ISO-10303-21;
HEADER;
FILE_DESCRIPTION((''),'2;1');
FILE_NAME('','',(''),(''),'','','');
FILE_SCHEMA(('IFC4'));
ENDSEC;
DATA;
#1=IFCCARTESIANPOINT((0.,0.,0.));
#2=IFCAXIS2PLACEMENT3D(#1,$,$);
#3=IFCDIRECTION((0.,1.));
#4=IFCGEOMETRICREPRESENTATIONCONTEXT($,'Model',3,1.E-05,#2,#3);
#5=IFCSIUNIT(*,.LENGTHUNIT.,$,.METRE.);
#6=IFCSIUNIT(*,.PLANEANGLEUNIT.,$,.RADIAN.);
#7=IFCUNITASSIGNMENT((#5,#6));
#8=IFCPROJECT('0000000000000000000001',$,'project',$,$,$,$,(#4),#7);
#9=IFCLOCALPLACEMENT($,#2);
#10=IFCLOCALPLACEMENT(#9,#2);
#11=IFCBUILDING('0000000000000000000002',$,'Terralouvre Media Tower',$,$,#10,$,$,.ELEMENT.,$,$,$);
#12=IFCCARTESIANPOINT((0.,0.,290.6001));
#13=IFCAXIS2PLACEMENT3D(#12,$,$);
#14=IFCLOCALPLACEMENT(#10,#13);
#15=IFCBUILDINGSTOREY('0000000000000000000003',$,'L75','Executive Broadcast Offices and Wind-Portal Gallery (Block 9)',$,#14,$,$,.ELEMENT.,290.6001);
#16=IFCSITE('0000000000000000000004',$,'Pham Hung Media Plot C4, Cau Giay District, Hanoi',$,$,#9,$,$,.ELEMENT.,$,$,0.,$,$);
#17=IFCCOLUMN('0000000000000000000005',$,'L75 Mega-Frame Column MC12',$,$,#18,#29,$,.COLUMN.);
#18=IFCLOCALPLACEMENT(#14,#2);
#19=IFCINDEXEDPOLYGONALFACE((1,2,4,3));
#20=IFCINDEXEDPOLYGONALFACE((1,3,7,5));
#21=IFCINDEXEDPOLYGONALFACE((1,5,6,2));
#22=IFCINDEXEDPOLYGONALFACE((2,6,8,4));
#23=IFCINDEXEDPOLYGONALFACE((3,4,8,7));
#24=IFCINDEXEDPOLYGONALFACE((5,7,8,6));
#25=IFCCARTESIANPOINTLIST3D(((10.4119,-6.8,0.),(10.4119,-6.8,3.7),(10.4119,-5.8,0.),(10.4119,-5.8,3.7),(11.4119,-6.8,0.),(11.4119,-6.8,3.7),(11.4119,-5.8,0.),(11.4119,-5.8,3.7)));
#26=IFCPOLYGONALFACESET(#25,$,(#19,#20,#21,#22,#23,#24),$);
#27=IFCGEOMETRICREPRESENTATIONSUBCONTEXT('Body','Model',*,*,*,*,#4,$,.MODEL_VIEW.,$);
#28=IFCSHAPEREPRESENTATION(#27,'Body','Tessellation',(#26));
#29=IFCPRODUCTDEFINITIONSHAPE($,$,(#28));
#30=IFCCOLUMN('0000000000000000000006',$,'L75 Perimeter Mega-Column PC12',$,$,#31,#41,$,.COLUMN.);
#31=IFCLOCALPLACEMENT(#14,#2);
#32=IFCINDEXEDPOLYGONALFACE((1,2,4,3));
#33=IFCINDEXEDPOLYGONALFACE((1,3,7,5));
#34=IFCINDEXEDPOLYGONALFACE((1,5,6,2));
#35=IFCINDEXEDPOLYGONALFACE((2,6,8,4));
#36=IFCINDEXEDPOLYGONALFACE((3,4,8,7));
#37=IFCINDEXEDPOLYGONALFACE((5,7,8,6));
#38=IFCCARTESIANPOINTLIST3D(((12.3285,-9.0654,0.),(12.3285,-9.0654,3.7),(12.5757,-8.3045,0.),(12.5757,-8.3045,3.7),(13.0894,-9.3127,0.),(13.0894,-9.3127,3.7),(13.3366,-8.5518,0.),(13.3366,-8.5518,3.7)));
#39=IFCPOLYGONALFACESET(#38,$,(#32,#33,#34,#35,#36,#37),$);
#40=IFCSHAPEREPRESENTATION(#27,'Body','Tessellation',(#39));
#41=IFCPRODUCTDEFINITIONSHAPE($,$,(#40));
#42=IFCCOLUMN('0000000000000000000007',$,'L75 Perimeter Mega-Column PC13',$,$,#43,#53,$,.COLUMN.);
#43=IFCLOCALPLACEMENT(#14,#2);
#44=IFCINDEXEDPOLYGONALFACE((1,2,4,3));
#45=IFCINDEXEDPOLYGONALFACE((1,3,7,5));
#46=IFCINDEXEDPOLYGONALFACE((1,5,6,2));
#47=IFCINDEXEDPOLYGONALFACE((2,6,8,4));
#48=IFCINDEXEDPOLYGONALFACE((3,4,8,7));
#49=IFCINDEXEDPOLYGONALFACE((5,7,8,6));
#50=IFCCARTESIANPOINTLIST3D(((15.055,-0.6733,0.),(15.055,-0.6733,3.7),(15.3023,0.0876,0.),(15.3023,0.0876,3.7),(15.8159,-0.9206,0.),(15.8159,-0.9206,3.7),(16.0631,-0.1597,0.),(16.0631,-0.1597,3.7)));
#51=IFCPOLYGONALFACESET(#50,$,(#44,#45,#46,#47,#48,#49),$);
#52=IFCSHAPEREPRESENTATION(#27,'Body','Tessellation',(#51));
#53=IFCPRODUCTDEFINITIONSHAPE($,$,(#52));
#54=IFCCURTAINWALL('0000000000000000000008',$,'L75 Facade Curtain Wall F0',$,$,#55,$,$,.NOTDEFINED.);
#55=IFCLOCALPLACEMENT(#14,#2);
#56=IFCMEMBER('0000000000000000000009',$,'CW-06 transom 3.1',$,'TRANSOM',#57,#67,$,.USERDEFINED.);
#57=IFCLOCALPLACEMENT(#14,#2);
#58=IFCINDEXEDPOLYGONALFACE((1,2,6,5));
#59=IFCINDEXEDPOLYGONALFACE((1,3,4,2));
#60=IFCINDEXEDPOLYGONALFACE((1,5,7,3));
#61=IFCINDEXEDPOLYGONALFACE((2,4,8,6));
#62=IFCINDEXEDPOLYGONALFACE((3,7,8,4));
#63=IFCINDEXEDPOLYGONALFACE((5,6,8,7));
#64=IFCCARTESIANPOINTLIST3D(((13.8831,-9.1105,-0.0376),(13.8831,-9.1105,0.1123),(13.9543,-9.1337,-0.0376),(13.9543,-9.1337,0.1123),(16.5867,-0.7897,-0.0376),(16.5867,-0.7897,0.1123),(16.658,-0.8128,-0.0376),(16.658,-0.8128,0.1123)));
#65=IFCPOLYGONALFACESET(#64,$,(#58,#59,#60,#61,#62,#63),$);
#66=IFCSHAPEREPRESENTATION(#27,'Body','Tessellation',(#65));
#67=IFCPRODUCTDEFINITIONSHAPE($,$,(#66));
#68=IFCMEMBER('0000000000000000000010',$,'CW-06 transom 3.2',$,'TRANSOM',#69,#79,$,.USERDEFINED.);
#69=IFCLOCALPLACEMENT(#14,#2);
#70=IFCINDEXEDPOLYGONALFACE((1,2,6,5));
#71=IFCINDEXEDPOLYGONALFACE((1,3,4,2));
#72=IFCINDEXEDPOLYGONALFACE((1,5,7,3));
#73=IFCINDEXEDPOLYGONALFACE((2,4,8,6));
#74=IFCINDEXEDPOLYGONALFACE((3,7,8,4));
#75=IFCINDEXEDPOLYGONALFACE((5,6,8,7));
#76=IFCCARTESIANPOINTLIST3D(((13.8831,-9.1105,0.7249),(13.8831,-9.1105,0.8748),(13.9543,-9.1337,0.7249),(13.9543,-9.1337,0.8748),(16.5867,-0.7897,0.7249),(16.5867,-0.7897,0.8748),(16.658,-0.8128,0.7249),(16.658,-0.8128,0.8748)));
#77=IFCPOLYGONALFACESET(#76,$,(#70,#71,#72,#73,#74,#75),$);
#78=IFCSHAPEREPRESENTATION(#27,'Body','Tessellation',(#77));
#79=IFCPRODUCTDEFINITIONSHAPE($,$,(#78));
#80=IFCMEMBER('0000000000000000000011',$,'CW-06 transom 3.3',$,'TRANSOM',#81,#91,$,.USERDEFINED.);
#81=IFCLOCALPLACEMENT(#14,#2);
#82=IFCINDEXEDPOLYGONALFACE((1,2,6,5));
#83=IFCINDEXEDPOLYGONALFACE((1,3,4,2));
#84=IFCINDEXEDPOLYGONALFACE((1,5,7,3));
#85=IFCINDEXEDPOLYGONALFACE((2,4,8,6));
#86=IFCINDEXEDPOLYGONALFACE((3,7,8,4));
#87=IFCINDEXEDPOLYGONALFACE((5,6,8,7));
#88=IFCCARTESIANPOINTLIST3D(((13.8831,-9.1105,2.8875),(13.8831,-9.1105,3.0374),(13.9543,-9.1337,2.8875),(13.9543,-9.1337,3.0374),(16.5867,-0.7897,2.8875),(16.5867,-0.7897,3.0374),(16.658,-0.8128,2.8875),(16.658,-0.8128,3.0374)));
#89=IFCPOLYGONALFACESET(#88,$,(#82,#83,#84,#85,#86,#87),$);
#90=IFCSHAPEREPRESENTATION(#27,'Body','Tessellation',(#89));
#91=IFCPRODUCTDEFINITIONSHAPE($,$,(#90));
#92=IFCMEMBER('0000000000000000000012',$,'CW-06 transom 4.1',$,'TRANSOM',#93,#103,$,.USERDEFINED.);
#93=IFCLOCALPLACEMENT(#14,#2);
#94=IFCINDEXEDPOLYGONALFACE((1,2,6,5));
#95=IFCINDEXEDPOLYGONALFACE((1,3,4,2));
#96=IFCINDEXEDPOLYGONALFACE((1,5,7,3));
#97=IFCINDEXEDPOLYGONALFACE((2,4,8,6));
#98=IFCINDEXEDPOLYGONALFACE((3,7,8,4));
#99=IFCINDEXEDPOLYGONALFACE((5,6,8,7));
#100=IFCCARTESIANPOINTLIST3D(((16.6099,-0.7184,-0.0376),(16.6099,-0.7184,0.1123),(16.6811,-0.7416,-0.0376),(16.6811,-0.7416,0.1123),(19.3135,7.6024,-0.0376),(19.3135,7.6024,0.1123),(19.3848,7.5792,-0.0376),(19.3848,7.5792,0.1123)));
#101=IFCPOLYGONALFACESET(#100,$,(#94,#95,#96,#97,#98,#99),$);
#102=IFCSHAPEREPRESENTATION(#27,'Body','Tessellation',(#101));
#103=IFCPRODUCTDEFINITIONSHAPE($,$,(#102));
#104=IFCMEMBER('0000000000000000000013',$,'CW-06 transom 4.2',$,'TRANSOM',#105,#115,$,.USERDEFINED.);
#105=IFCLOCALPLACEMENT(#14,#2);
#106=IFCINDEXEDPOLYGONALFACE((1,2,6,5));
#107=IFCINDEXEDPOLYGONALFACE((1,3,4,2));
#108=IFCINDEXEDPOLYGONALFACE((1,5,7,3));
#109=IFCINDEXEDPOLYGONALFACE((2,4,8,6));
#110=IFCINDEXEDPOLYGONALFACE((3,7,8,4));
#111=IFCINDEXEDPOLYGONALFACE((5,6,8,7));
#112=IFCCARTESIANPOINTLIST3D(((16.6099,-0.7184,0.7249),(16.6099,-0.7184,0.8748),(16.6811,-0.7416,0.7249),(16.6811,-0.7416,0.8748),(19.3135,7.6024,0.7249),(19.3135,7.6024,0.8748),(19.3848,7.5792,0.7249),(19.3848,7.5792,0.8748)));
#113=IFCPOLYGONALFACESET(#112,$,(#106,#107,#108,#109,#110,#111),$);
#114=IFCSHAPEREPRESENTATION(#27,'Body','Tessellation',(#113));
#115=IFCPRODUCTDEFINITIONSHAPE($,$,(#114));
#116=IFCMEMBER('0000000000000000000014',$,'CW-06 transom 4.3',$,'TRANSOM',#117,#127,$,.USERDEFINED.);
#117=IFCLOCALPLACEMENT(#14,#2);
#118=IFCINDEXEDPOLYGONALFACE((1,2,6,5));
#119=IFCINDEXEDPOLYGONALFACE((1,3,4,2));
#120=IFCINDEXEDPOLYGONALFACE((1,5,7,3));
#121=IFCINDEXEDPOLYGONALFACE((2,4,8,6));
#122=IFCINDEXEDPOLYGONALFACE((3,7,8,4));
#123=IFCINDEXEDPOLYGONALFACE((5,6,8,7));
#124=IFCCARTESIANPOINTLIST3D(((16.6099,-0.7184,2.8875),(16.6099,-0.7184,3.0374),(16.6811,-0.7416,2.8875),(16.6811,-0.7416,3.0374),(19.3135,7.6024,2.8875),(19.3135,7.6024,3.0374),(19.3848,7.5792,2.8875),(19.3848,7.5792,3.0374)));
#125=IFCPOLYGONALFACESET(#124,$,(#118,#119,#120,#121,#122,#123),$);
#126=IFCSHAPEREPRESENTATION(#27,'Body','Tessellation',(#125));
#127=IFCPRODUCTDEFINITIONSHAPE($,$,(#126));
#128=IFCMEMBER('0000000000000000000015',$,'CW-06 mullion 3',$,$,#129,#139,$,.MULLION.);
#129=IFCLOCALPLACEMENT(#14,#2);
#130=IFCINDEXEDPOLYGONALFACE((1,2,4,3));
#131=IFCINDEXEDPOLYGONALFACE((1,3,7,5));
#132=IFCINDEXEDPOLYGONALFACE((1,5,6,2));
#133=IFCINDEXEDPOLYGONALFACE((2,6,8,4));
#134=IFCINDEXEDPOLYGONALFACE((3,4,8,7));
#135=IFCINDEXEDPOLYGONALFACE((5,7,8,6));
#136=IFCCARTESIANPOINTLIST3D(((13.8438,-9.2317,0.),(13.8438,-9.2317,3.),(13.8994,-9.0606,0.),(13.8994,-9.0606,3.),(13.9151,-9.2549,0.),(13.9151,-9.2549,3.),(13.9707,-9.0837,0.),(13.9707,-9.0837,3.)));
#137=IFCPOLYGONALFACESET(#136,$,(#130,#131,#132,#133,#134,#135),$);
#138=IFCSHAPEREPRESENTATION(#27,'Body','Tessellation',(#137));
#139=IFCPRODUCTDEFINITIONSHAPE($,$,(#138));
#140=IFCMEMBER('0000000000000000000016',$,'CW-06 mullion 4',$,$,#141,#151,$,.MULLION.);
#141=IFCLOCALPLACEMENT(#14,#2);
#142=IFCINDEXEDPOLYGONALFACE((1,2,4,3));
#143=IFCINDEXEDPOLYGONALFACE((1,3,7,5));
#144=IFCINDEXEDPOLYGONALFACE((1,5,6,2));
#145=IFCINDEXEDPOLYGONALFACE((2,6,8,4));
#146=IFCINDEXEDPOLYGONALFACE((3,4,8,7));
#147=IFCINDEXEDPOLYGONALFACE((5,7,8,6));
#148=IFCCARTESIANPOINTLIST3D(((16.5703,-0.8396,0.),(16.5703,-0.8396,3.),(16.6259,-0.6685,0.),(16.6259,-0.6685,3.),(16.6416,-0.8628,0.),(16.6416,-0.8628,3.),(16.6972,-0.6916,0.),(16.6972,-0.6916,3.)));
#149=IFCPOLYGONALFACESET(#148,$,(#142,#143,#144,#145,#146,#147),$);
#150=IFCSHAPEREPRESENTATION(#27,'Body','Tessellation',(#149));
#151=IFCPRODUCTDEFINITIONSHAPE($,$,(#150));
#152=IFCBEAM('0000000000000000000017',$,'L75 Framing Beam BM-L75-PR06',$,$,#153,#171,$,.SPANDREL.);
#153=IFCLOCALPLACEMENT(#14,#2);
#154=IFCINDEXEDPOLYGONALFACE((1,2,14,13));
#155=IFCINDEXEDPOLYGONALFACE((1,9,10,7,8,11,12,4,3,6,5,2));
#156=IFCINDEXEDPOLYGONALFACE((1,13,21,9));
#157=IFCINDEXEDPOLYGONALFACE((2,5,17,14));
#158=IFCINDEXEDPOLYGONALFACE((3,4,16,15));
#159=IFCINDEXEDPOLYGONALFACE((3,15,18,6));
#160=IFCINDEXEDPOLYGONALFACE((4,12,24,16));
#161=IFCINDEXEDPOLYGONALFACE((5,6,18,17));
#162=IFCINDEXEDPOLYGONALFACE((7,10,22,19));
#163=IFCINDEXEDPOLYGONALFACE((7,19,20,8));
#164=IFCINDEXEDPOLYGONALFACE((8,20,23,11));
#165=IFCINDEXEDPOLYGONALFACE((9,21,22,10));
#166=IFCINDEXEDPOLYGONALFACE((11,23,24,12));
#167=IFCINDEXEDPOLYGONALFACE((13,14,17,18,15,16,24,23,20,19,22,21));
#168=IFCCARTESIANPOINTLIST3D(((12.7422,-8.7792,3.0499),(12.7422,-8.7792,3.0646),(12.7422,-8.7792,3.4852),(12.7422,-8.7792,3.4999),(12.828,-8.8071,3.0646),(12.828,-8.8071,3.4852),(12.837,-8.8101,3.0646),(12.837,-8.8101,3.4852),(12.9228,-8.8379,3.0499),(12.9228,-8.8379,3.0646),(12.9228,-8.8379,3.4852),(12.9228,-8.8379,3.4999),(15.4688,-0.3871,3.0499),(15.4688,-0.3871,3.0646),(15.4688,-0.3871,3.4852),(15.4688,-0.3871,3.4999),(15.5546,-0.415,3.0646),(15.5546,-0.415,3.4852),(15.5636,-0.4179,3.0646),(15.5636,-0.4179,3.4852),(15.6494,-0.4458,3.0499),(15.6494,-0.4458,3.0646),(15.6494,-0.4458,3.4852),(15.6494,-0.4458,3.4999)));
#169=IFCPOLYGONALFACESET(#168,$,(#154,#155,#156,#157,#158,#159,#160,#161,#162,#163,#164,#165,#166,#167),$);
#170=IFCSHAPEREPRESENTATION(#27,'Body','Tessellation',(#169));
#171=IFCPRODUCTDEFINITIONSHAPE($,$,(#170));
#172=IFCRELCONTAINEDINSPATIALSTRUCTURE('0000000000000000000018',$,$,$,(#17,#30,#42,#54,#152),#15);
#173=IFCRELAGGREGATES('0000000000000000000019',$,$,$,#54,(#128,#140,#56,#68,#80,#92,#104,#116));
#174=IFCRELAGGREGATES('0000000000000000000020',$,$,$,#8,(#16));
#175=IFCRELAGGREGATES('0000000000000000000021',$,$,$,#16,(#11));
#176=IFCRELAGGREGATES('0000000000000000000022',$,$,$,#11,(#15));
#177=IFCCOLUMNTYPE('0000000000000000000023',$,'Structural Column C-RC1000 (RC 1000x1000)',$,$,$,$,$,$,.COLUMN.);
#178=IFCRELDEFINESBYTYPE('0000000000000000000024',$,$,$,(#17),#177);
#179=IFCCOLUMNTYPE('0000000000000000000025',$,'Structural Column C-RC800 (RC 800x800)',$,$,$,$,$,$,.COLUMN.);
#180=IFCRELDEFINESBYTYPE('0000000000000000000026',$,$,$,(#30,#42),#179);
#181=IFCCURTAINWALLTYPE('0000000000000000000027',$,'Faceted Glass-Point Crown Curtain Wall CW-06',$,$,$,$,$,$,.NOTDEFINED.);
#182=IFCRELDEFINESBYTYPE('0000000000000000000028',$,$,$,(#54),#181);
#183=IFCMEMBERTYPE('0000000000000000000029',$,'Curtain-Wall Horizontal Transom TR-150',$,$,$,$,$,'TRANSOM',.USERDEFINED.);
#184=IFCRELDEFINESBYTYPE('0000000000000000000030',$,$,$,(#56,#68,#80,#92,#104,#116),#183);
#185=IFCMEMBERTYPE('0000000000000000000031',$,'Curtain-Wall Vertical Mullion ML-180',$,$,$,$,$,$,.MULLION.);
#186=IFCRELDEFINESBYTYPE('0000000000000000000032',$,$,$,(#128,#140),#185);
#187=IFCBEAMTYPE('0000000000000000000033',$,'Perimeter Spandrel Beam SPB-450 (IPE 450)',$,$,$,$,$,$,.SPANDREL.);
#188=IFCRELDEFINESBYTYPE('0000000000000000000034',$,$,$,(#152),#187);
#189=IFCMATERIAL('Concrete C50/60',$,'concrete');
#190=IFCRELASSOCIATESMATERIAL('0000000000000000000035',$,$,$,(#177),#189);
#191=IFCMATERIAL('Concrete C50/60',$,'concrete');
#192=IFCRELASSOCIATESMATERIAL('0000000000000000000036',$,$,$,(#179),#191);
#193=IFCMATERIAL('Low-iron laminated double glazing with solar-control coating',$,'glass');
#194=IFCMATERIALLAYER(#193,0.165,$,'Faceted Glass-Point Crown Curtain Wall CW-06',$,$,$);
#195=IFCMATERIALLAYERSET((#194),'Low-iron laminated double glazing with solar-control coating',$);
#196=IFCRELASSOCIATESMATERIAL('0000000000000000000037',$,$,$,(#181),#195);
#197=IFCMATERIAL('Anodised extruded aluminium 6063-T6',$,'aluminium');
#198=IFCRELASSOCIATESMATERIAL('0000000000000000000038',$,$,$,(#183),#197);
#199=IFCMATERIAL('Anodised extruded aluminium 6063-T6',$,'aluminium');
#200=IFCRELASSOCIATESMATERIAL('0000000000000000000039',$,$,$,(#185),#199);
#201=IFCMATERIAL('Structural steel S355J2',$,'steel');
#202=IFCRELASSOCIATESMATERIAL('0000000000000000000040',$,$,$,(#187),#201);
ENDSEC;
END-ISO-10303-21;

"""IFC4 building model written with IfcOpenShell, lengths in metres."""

from ifc_helpers import new_model, si_unit, direction, frame, origin, origin_2d, place, context, subcontext, project, spatial, rectangle, i_section, extrude, material, layer, layer_set, material_profile, profile_set, type_object, element, aggregate, save


model = new_model("IFC4")

# Units and contexts
model_context = context("Model", 3, precision=1e-05, world=origin(), true_north=direction((0.0, 1.0)))
body_context = subcontext(model_context, "Body", "Model", "MODEL_VIEW")
ifc_project = project(units=[si_unit("LENGTHUNIT", "METRE"), si_unit("PLANEANGLEUNIT", "RADIAN")], contexts=[model_context])

# Site, building, storey
site_placement = place(None, origin())
site = spatial("IfcSite", under=ifc_project, at=site_placement, Name="Pham Hung Media Plot C4, Cau Giay District, Hanoi", CompositionType="ELEMENT", RefElevation=0.0)
building_placement = place(site_placement, origin())
building = spatial("IfcBuilding", under=site, at=building_placement, Name="Terralouvre Media Tower", CompositionType="ELEMENT")
storey_placement = place(building_placement, frame((0.0, 0.0, 290.6001)))
storey = spatial("IfcBuildingStorey", under=building, at=storey_placement, Name="L75", Description="Executive Broadcast Offices and Wind-Portal Gallery (Block 9)", CompositionType="ELEMENT", Elevation=290.6001)

# Columns
ifc_material_1 = material(Name="Concrete C50/60", Category="concrete")
ifc_material_profile_1 = material_profile(ifc_material_1, rectangle(XDim=1.0, YDim=1.0, at=origin_2d()), Name="RC 1000x1000")
ifc_profile_set_1 = profile_set([ifc_material_profile_1], Name="Concrete C50/60")
column_type_1 = type_object("IfcColumnType", Name="Structural Column C-RC1000 (RC 1000x1000)", PredefinedType="COLUMN", material=ifc_profile_set_1)
column_placement = place(storey_placement, frame((10.9119, -6.3, 0.0), z_axis=(0.0, 0.0, 1.0), x_axis=(1.0, 0.0, 0.0)))
element("IfcColumn", 1, at=column_placement, inside=storey, type_object=column_type_1, Name="L75 Mega-Frame Column MC12", PredefinedType="COLUMN", context=body_context, shape_type="SweptSolid", body=[
    extrude(rectangle(XDim=1.0, YDim=1.0, at=origin_2d()), origin(), (0.0, 0.0, 1.0), 3.7),
])
ifc_material_2 = material(Name="Concrete C50/60", Category="concrete")
ifc_material_profile_2 = material_profile(ifc_material_2, rectangle(XDim=0.8, YDim=0.8, at=origin_2d()), Name="RC 800x800")
ifc_profile_set_2 = profile_set([ifc_material_profile_2], Name="Concrete C50/60")
column_type_2 = type_object("IfcColumnType", Name="Structural Column C-RC800 (RC 800x800)", PredefinedType="COLUMN", material=ifc_profile_set_2)
for number, where, z_axis, x_axis, name in (
    (2, (12.8325, -8.8086, 0.0), (0.0, 0.0, 1.0), (0.309017, 0.951057, 0.0), "L75 Perimeter Mega-Column PC12"),
    (3, (15.5591, -0.4165, 0.0), (0.0, 0.0, 1.0), (0.309017, 0.951057, 0.0), "L75 Perimeter Mega-Column PC13"),
):
    element("IfcColumn", number, at=place(storey_placement, frame(where, z_axis=z_axis, x_axis=x_axis)), inside=storey, type_object=column_type_2, Name=name, PredefinedType="COLUMN", context=body_context, shape_type="SweptSolid", body=[
        extrude(rectangle(XDim=0.8, YDim=0.8, at=origin_2d()), origin(), (0.0, 0.0, 1.0), 3.7),
    ])

# Curtain wall, members
ifc_material_3 = material(Name="Low-iron laminated double glazing with solar-control coating", Category="glass")
ifc_layer_1 = layer(ifc_material_3, 0.165, Name="Faceted Glass-Point Crown Curtain Wall CW-06")
ifc_layer_set_1 = layer_set([ifc_layer_1], Name="Low-iron laminated double glazing with solar-control coating")
curtain_wall_type = type_object("IfcCurtainWallType", Name="Faceted Glass-Point Crown Curtain Wall CW-06", PredefinedType="NOTDEFINED", material=ifc_layer_set_1)
curtain_wall_placement = place(storey_placement, origin())
curtain_wall = element("IfcCurtainWall", 4, at=curtain_wall_placement, inside=storey, type_object=curtain_wall_type, Name="L75 Facade Curtain Wall F0", PredefinedType="NOTDEFINED")
ifc_material_4 = material(Name="Anodised extruded aluminium 6063-T6", Category="aluminium")
ifc_material_profile_3 = material_profile(ifc_material_4, rectangle(XDim=0.075, YDim=0.1499, at=origin_2d()), Name="ALU 75x150")
ifc_profile_set_3 = profile_set([ifc_material_profile_3], Name="Anodised extruded aluminium 6063-T6")
member_type_1 = type_object("IfcMemberType", Name="Curtain-Wall Horizontal Transom TR-150", ElementType="TRANSOM", PredefinedType="USERDEFINED", material=ifc_profile_set_3)
member_1_placement = place(storey_placement, frame((13.9187, -9.1221, 0.0374), z_axis=(0.309019, 0.951056, 0.0), x_axis=(-0.951056, 0.309019, 0.0)))
member_1 = element("IfcMember", 5, at=member_1_placement, type_object=member_type_1, Name="CW-06 transom 3.1", ObjectType="TRANSOM", PredefinedType="USERDEFINED", context=body_context, shape_type="SweptSolid", body=[
    extrude(rectangle(XDim=0.075, YDim=0.1499, at=origin_2d()), origin(), (0.0, 0.0, 1.0), 8.749),
])
member_2_placement = place(storey_placement, frame((13.9187, -9.1221, 0.7998), z_axis=(0.309019, 0.951056, 0.0), x_axis=(-0.951056, 0.309019, 0.0)))
member_2 = element("IfcMember", 6, at=member_2_placement, type_object=member_type_1, Name="CW-06 transom 3.2", ObjectType="TRANSOM", PredefinedType="USERDEFINED", context=body_context, shape_type="SweptSolid", body=[
    extrude(rectangle(XDim=0.075, YDim=0.1499, at=origin_2d()), origin(), (0.0, 0.0, 1.0), 8.749),
])
member_3_placement = place(storey_placement, frame((13.9187, -9.1221, 2.9624), z_axis=(0.309019, 0.951056, 0.0), x_axis=(-0.951056, 0.309019, 0.0)))
member_3 = element("IfcMember", 7, at=member_3_placement, type_object=member_type_1, Name="CW-06 transom 3.3", ObjectType="TRANSOM", PredefinedType="USERDEFINED", context=body_context, shape_type="SweptSolid", body=[
    extrude(rectangle(XDim=0.075, YDim=0.1499, at=origin_2d()), origin(), (0.0, 0.0, 1.0), 8.749),
])
member_4_placement = place(storey_placement, frame((16.6455, -0.73, 0.0374), z_axis=(0.309019, 0.951056, 0.0), x_axis=(-0.951056, 0.309019, 0.0)))
member_4 = element("IfcMember", 8, at=member_4_placement, type_object=member_type_1, Name="CW-06 transom 4.1", ObjectType="TRANSOM", PredefinedType="USERDEFINED", context=body_context, shape_type="SweptSolid", body=[
    extrude(rectangle(XDim=0.075, YDim=0.1499, at=origin_2d()), origin(), (0.0, 0.0, 1.0), 8.749),
])
member_5_placement = place(storey_placement, frame((16.6455, -0.73, 0.7998), z_axis=(0.309019, 0.951056, 0.0), x_axis=(-0.951056, 0.309019, 0.0)))
member_5 = element("IfcMember", 9, at=member_5_placement, type_object=member_type_1, Name="CW-06 transom 4.2", ObjectType="TRANSOM", PredefinedType="USERDEFINED", context=body_context, shape_type="SweptSolid", body=[
    extrude(rectangle(XDim=0.075, YDim=0.1499, at=origin_2d()), origin(), (0.0, 0.0, 1.0), 8.749),
])
member_6_placement = place(storey_placement, frame((16.6455, -0.73, 2.9624), z_axis=(0.309019, 0.951056, 0.0), x_axis=(-0.951056, 0.309019, 0.0)))
member_6 = element("IfcMember", 10, at=member_6_placement, type_object=member_type_1, Name="CW-06 transom 4.3", ObjectType="TRANSOM", PredefinedType="USERDEFINED", context=body_context, shape_type="SweptSolid", body=[
    extrude(rectangle(XDim=0.075, YDim=0.1499, at=origin_2d()), origin(), (0.0, 0.0, 1.0), 8.749),
])
ifc_material_5 = material(Name="Anodised extruded aluminium 6063-T6", Category="aluminium")
ifc_material_profile_4 = material_profile(ifc_material_5, rectangle(XDim=0.075, YDim=0.1799, at=origin_2d()), Name="ALU 75x180")
ifc_profile_set_4 = profile_set([ifc_material_profile_4], Name="Anodised extruded aluminium 6063-T6")
member_type_2 = type_object("IfcMemberType", Name="Curtain-Wall Vertical Mullion ML-180", PredefinedType="MULLION", material=ifc_profile_set_4)
member_7_placement = place(storey_placement, frame((13.9072, -9.1577, 0.0), z_axis=(0.0, 0.0, 1.0), x_axis=(-0.951057, 0.309017, 0.0)))
member_7 = element("IfcMember", 11, at=member_7_placement, type_object=member_type_2, Name="CW-06 mullion 3", PredefinedType="MULLION", context=body_context, shape_type="SweptSolid", body=[
    extrude(rectangle(XDim=0.075, YDim=0.1799, at=origin_2d()), origin(), (0.0, 0.0, 1.0), 3.0),
])
member_8_placement = place(storey_placement, frame((16.6338, -0.7656, 0.0), z_axis=(0.0, 0.0, 1.0), x_axis=(-0.951057, 0.309017, 0.0)))
member_8 = element("IfcMember", 12, at=member_8_placement, type_object=member_type_2, Name="CW-06 mullion 4", PredefinedType="MULLION", context=body_context, shape_type="SweptSolid", body=[
    extrude(rectangle(XDim=0.075, YDim=0.1799, at=origin_2d()), origin(), (0.0, 0.0, 1.0), 3.0),
])

# Beam
ifc_material_6 = material(Name="Structural steel S355J2", Category="steel")
ifc_material_profile_5 = material_profile(ifc_material_6, i_section(OverallWidth=0.1899, OverallDepth=0.45, WebThickness=0.0095, FlangeThickness=0.0146, at=origin_2d()), Name="IPE 450")
ifc_profile_set_5 = profile_set([ifc_material_profile_5], Name="Structural steel S355J2")
beam_type_1 = type_object("IfcBeamType", Name="Perimeter Spandrel Beam SPB-450 (IPE 450)", PredefinedType="SPANDREL", material=ifc_profile_set_5)
beam_1_placement = place(storey_placement, frame((12.8325, -8.8086, 3.2749), z_axis=(0.308997, 0.951063, 0.0), x_axis=(-0.951063, 0.308997, 0.0)))
element("IfcBeam", 13, at=beam_1_placement, inside=storey, type_object=beam_type_1, Name="L75 Framing Beam BM-L75-PR06", PredefinedType="SPANDREL", context=body_context, shape_type="SweptSolid", body=[
    extrude(i_section(OverallWidth=0.1899, OverallDepth=0.45, WebThickness=0.0095, FlangeThickness=0.0146, at=origin_2d()), origin(), (0.0, 0.0, 1.0), 8.824),
])

aggregate(curtain_wall, [member_7, member_8, member_1, member_2, member_3, member_4, member_5, member_6])

save(model, "model.ifc")
